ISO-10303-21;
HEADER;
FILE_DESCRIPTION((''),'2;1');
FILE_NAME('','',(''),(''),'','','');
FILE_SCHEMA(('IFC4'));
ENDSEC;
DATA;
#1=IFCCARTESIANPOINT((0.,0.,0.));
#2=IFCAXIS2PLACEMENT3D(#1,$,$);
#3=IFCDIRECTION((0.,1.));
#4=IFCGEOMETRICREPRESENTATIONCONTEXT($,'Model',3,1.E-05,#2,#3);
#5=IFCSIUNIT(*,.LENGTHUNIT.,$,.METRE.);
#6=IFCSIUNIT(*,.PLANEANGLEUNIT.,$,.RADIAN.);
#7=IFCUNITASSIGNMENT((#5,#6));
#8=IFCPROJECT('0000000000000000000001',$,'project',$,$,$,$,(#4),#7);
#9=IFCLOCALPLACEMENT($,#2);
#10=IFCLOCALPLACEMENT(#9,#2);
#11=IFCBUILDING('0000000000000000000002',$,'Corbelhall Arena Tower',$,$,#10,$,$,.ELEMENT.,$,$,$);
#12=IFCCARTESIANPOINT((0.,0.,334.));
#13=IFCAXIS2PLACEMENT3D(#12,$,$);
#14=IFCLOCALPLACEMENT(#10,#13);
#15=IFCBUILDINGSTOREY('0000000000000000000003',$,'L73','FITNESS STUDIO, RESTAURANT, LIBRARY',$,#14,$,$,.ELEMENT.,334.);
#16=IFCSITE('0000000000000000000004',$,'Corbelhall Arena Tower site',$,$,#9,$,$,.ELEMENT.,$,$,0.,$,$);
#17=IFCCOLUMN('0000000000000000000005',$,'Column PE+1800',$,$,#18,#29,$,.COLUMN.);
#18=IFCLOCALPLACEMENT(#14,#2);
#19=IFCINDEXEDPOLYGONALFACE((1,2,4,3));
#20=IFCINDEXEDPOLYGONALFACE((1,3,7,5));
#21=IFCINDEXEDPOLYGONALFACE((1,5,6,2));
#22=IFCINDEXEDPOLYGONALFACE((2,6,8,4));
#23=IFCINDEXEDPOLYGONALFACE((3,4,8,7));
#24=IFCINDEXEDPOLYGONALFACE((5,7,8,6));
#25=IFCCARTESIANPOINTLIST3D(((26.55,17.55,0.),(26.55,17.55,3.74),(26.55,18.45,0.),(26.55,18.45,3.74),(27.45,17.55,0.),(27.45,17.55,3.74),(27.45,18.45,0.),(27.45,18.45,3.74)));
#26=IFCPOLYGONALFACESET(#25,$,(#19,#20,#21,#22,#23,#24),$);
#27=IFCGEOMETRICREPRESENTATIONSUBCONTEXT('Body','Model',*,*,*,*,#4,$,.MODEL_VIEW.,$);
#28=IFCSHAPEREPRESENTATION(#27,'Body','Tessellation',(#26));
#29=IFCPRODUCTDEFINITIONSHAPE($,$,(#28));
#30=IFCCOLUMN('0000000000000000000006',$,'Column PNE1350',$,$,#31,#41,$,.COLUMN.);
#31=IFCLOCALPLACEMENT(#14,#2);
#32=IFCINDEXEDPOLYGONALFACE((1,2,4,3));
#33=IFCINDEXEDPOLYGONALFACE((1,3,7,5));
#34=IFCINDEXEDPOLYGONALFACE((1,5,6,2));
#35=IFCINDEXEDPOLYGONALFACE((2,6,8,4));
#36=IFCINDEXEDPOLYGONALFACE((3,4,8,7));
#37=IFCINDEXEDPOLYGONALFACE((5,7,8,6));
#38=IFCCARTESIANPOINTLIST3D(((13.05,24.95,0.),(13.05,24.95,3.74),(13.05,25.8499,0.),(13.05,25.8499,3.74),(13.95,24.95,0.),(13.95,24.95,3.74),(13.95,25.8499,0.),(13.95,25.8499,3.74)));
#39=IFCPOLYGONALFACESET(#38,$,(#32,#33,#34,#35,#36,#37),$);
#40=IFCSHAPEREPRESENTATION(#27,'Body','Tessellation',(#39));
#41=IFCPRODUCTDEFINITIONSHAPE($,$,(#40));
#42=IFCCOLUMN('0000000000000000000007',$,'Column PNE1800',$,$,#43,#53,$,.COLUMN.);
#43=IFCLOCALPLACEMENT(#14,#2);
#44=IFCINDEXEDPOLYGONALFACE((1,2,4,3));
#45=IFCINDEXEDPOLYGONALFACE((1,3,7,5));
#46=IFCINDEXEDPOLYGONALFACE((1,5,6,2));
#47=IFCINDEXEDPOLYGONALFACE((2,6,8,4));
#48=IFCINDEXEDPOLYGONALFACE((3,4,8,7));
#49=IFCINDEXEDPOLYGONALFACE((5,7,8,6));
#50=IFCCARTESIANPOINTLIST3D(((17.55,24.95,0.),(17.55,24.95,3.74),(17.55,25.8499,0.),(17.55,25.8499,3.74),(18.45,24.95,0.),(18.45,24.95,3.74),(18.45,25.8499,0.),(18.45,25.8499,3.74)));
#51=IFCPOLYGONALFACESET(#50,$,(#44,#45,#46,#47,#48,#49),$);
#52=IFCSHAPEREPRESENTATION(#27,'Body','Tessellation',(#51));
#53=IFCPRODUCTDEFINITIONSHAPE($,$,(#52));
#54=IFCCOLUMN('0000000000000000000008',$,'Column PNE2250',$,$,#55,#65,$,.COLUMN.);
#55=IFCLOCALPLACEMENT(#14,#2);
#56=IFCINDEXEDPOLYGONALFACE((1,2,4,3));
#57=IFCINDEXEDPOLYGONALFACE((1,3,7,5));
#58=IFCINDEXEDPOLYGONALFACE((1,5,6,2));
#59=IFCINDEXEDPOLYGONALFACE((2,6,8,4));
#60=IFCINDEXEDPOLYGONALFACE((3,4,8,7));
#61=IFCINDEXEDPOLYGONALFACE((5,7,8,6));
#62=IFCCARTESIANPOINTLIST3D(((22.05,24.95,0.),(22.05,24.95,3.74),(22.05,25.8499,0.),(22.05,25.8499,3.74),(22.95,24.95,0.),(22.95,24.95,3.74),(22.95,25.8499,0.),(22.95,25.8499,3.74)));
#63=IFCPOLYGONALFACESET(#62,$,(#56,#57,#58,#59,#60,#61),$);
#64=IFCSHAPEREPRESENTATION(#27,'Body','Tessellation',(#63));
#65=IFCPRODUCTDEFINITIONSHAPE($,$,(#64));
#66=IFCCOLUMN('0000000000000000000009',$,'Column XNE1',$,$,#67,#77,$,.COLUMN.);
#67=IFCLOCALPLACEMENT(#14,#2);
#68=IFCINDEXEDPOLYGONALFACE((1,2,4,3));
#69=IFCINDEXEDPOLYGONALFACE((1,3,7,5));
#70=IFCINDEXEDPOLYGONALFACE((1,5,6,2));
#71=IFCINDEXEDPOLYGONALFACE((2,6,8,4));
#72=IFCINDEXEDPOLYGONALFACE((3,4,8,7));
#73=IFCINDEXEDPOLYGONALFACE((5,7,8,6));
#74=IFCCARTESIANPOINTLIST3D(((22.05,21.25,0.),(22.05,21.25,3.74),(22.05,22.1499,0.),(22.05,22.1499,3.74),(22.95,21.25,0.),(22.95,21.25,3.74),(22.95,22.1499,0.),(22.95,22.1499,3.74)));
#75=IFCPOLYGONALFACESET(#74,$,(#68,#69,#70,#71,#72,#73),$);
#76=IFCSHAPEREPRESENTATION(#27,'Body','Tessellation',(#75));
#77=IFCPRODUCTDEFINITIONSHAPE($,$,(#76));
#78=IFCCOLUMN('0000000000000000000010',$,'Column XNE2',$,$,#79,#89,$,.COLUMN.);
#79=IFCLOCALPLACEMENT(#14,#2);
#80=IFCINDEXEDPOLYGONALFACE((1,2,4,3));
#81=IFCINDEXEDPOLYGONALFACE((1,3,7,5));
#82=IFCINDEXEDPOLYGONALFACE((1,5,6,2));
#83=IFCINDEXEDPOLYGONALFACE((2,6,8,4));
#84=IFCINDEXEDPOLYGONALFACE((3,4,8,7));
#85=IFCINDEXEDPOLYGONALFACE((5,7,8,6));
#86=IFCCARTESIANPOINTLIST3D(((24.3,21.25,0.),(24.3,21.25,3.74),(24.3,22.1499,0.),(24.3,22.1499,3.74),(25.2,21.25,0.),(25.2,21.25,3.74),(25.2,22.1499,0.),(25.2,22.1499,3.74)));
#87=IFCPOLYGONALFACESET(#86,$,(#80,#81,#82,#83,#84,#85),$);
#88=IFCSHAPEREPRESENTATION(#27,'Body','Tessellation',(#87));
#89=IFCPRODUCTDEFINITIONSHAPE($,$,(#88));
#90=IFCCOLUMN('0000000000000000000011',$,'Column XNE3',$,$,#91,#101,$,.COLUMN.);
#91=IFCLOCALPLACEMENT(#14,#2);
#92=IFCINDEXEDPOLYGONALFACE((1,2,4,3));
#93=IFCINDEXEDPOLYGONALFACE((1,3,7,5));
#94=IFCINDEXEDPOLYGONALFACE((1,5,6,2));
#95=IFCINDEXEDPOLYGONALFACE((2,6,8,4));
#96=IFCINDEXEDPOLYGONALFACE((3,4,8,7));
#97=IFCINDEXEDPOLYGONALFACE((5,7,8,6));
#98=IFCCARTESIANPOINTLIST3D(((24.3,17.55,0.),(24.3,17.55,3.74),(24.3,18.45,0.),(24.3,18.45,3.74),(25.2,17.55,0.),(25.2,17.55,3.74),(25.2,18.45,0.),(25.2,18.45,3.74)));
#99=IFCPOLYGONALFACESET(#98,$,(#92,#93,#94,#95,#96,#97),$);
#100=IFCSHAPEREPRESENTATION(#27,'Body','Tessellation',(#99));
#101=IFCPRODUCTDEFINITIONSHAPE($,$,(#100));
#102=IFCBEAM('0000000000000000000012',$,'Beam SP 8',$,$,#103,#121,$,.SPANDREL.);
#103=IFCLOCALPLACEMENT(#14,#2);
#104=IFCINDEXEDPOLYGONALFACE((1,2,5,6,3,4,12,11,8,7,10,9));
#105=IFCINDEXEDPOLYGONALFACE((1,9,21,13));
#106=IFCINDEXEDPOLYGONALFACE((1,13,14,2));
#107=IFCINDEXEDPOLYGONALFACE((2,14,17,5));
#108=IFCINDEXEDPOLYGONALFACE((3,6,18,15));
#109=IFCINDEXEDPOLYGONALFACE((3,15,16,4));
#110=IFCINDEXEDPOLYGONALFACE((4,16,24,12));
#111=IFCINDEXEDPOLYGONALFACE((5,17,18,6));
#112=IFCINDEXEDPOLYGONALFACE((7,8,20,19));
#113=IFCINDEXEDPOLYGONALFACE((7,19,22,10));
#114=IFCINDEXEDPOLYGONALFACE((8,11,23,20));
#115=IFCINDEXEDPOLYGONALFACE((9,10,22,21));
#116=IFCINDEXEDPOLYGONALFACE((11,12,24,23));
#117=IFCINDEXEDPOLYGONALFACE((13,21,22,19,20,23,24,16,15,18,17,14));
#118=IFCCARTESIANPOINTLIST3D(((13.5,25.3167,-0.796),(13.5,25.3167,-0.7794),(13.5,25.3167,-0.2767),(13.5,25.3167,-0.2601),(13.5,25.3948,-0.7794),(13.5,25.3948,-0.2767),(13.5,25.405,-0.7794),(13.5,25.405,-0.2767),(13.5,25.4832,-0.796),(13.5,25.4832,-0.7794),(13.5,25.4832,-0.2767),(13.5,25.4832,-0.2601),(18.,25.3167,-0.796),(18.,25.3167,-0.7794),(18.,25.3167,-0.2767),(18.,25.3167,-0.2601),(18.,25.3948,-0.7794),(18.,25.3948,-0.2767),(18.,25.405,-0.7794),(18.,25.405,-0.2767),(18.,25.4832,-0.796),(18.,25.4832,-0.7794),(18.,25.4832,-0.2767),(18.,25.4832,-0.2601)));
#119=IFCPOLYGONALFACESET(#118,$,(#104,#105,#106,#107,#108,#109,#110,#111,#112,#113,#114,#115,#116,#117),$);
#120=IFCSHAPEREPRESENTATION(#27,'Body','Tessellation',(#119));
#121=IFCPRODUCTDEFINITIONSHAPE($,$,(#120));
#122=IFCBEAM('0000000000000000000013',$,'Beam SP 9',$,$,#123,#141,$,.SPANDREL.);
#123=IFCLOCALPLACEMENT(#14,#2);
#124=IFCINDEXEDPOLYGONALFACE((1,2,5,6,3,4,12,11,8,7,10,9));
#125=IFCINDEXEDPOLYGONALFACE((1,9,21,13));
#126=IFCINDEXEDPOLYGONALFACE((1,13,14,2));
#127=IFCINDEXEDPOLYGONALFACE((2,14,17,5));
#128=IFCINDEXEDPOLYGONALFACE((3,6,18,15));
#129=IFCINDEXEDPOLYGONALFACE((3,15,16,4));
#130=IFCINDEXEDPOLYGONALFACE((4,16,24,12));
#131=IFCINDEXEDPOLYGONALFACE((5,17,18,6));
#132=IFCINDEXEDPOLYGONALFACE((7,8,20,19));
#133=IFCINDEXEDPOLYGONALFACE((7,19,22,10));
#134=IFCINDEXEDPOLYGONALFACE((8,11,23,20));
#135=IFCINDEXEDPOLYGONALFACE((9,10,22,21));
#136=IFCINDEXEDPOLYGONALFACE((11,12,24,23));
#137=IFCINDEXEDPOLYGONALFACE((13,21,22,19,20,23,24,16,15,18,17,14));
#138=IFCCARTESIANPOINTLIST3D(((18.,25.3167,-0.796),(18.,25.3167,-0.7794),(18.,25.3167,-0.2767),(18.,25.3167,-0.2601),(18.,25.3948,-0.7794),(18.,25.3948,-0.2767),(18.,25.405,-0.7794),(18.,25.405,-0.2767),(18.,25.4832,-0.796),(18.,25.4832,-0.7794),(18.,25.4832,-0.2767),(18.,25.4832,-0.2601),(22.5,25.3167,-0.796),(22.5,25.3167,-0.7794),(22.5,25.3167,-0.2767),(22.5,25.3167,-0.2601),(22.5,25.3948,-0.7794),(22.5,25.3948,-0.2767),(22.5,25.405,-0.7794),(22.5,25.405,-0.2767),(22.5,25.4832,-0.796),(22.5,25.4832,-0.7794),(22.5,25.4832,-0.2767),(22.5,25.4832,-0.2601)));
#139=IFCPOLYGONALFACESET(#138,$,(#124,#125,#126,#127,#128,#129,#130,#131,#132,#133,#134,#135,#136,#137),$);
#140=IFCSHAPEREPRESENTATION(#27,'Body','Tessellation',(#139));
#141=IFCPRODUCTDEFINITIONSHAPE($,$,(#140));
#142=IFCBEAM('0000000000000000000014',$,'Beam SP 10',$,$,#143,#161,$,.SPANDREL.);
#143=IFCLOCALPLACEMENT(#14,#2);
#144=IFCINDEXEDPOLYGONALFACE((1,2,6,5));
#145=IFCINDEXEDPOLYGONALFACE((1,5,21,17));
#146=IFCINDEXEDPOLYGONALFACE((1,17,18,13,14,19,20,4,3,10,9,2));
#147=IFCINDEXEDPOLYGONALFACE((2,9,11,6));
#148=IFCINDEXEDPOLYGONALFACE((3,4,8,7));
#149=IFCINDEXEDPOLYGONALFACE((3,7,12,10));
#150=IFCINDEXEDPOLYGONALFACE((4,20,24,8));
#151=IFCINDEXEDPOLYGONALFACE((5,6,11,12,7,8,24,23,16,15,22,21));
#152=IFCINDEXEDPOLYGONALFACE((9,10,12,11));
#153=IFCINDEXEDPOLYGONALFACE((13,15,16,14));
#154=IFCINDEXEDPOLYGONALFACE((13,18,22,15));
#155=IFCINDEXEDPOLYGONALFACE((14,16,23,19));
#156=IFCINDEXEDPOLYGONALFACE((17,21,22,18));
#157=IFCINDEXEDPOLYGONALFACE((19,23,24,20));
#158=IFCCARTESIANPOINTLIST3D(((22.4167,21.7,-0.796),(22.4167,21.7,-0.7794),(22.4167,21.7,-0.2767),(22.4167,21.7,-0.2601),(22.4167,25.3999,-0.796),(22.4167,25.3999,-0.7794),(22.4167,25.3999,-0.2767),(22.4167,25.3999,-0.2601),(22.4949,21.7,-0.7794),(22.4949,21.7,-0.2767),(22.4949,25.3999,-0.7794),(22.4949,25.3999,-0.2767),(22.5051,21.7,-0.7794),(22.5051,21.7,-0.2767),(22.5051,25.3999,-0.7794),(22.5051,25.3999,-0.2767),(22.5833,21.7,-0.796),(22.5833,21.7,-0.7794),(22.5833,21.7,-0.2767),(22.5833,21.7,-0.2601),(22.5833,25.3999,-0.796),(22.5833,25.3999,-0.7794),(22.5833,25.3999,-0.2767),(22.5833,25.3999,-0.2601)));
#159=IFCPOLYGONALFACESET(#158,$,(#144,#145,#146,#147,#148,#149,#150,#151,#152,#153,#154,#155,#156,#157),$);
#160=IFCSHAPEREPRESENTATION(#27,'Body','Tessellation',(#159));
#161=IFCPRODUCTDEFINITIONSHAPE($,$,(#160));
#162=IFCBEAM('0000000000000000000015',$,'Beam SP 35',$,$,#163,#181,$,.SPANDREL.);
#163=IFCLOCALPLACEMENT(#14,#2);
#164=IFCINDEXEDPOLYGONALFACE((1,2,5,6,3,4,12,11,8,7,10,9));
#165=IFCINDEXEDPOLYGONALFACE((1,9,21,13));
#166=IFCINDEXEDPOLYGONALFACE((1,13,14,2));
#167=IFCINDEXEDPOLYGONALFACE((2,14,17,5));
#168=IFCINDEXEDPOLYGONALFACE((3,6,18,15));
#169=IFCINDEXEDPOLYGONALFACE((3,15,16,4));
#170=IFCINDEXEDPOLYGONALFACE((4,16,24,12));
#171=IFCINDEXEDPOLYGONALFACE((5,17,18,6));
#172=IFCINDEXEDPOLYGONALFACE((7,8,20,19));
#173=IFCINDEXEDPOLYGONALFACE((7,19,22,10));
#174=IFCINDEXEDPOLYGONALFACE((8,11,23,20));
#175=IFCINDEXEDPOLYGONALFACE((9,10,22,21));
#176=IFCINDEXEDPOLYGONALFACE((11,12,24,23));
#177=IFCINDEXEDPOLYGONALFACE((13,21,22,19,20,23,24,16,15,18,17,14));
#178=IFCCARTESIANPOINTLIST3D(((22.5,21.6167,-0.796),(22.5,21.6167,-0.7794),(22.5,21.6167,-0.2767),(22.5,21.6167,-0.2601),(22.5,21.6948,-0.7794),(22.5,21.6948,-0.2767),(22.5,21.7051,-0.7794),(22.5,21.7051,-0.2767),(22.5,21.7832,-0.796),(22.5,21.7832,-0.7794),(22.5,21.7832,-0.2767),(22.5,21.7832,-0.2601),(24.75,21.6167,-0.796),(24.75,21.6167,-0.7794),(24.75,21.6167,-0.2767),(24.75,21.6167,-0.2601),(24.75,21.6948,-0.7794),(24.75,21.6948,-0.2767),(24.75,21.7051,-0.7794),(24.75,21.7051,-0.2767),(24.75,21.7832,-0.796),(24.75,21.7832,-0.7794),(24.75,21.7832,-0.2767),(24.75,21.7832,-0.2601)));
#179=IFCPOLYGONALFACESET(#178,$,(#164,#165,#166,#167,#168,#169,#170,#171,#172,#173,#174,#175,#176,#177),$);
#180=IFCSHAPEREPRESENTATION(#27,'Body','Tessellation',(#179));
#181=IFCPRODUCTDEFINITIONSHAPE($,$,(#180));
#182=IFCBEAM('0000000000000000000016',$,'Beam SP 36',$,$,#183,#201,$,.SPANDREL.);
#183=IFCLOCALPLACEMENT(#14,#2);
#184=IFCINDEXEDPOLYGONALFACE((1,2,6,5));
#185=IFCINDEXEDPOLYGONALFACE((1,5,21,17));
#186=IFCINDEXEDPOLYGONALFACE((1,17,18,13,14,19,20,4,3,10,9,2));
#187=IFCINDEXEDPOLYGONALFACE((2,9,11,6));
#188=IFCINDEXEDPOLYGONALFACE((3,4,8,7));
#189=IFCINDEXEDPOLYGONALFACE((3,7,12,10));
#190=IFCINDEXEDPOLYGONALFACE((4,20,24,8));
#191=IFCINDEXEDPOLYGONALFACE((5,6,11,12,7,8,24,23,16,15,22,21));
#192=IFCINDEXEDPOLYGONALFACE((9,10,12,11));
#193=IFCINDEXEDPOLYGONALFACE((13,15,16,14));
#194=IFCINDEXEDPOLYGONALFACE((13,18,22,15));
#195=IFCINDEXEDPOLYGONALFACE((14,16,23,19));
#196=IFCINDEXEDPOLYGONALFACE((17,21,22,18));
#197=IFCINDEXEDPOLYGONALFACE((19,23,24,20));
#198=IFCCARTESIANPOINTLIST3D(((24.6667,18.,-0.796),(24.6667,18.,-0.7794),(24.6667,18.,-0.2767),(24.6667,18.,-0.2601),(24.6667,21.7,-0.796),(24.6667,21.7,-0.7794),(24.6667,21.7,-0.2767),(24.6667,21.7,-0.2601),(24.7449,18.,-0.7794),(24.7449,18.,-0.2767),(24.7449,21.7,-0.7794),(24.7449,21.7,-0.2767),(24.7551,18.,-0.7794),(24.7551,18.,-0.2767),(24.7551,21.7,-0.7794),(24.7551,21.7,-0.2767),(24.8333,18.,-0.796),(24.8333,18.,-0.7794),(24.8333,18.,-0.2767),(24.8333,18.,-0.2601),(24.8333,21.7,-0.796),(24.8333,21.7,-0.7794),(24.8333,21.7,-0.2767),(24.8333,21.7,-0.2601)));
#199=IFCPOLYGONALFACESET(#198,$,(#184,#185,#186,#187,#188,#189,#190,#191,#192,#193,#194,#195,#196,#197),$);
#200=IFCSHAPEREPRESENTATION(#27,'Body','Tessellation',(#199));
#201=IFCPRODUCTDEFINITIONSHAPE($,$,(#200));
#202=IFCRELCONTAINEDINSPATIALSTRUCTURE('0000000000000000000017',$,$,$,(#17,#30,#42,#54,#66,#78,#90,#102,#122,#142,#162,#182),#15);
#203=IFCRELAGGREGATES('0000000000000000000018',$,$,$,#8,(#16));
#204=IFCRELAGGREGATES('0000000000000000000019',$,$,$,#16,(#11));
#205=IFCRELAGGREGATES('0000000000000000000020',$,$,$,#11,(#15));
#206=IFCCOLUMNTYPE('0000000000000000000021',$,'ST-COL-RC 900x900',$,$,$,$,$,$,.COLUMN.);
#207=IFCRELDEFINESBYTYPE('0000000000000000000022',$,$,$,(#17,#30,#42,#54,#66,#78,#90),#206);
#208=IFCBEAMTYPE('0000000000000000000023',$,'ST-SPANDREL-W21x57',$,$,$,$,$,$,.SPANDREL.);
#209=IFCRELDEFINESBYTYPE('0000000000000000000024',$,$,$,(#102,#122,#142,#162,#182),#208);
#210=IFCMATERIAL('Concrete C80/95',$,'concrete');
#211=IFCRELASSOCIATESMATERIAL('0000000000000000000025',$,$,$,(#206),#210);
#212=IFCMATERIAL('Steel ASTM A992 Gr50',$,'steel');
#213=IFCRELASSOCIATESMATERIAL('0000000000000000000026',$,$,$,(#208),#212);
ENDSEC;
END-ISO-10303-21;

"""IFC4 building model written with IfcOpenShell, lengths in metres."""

from ifc_helpers import new_model, si_unit, direction, frame, origin, origin_2d, place, context, subcontext, project, spatial, rectangle, i_section, extrude, material, material_profile, profile_set, type_object, element, save


model = new_model("IFC4")

# Units and contexts
model_context = context("Model", 3, precision=1e-05, world=origin(), true_north=direction((0.0, 1.0)))
body_context = subcontext(model_context, "Body", "Model", "MODEL_VIEW")
ifc_project = project(units=[si_unit("LENGTHUNIT", "METRE"), si_unit("PLANEANGLEUNIT", "RADIAN")], contexts=[model_context])

# Site, building, storey
site_placement = place(None, origin())
site = spatial("IfcSite", under=ifc_project, at=site_placement, Name="Corbelhall Arena Tower site", CompositionType="ELEMENT", RefElevation=0.0)
building_placement = place(site_placement, origin())
building = spatial("IfcBuilding", under=site, at=building_placement, Name="Corbelhall Arena Tower", CompositionType="ELEMENT")
storey_placement = place(building_placement, frame((0.0, 0.0, 334.0)))
storey = spatial("IfcBuildingStorey", under=building, at=storey_placement, Name="L73", Description="FITNESS STUDIO, RESTAURANT, LIBRARY", CompositionType="ELEMENT", Elevation=334.0)

# Columns
ifc_material_1 = material(Name="Concrete C80/95", Category="concrete")
ifc_material_profile_1 = material_profile(ifc_material_1, rectangle(XDim=0.8999, YDim=0.8999, at=origin_2d()))
ifc_profile_set_1 = profile_set([ifc_material_profile_1], Name="Concrete C80/95")
column_type = type_object("IfcColumnType", Name="ST-COL-RC 900x900", PredefinedType="COLUMN", material=ifc_profile_set_1)
for number, where, z_axis, x_axis, name in (
    (1, (27.0, 18.0, 0.0), (0.0, 0.0, 1.0), (0.0, 1.0, 0.0), "Column PE+1800"),
    (2, (13.5, 25.3999, 0.0), (0.0, 0.0, 1.0), (1.0, 0.0, 0.0), "Column PNE1350"),
    (3, (18.0, 25.3999, 0.0), (0.0, 0.0, 1.0), (1.0, 0.0, 0.0), "Column PNE1800"),
    (4, (22.5, 25.3999, 0.0), (0.0, 0.0, 1.0), (1.0, 0.0, 0.0), "Column PNE2250"),
    (5, (22.5, 21.7, 0.0), (0.0, 0.0, 1.0), (1.0, 0.0, 0.0), "Column XNE1"),
    (6, (24.75, 21.7, 0.0), (0.0, 0.0, 1.0), (1.0, 0.0, 0.0), "Column XNE2"),
    (7, (24.75, 18.0, 0.0), (0.0, 0.0, 1.0), (1.0, 0.0, 0.0), "Column XNE3"),
):
    element("IfcColumn", number, at=place(storey_placement, frame(where, z_axis=z_axis, x_axis=x_axis)), inside=storey, type_object=column_type, Name=name, PredefinedType="COLUMN", context=body_context, shape_type="SweptSolid", body=[
        extrude(rectangle(XDim=0.8999, YDim=0.8999, at=origin_2d()), origin(), (0.0, 0.0, 1.0), 3.74),
    ])

# Beams
ifc_material_2 = material(Name="Steel ASTM A992 Gr50", Category="steel")
ifc_material_profile_2 = material_profile(ifc_material_2, i_section(OverallWidth=0.1665, OverallDepth=0.5359, WebThickness=0.0103, FlangeThickness=0.0166, at=origin_2d()))
ifc_profile_set_2 = profile_set([ifc_material_profile_2], Name="Steel ASTM A992 Gr50")
beam_type_1 = type_object("IfcBeamType", Name="ST-SPANDREL-W21x57", PredefinedType="SPANDREL", material=ifc_profile_set_2)
for number, where, z_axis, x_axis, name in (
    (8, (13.5, 25.3999, -0.5281), (1.0, 0.0, 0.0), (0.0, 1.0, 0.0), "Beam SP 8"),
    (9, (18.0, 25.3999, -0.5281), (1.0, 0.0, 0.0), (0.0, 1.0, 0.0), "Beam SP 9"),
):
    element("IfcBeam", number, at=place(storey_placement, frame(where, z_axis=z_axis, x_axis=x_axis)), inside=storey, type_object=beam_type_1, Name=name, PredefinedType="SPANDREL", context=body_context, shape_type="SweptSolid", body=[
        extrude(i_section(OverallWidth=0.1665, OverallDepth=0.5359, WebThickness=0.0103, FlangeThickness=0.0166, at=origin_2d()), origin(), (0.0, 0.0, 1.0), 4.5),
    ])
beam_1_placement = place(storey_placement, frame((22.5, 25.3999, -0.5281), z_axis=(0.0, -1.0, 0.0), x_axis=(1.0, 0.0, 0.0)))
element("IfcBeam", 10, at=beam_1_placement, inside=storey, type_object=beam_type_1, Name="Beam SP 10", PredefinedType="SPANDREL", context=body_context, shape_type="SweptSolid", body=[
    extrude(i_section(OverallWidth=0.1665, OverallDepth=0.5359, WebThickness=0.0103, FlangeThickness=0.0166, at=origin_2d()), origin(), (0.0, 0.0, 1.0), 3.7),
])
beam_2_placement = place(storey_placement, frame((22.5, 21.7, -0.5281), z_axis=(1.0, 0.0, 0.0), x_axis=(0.0, 1.0, 0.0)))
element("IfcBeam", 11, at=beam_2_placement, inside=storey, type_object=beam_type_1, Name="Beam SP 35", PredefinedType="SPANDREL", context=body_context, shape_type="SweptSolid", body=[
    extrude(i_section(OverallWidth=0.1665, OverallDepth=0.5359, WebThickness=0.0103, FlangeThickness=0.0166, at=origin_2d()), origin(), (0.0, 0.0, 1.0), 2.25),
])
beam_3_placement = place(storey_placement, frame((24.75, 21.7, -0.5281), z_axis=(0.0, -1.0, 0.0), x_axis=(1.0, 0.0, 0.0)))
element("IfcBeam", 12, at=beam_3_placement, inside=storey, type_object=beam_type_1, Name="Beam SP 36", PredefinedType="SPANDREL", context=body_context, shape_type="SweptSolid", body=[
    extrude(i_section(OverallWidth=0.1665, OverallDepth=0.5359, WebThickness=0.0103, FlangeThickness=0.0166, at=origin_2d()), origin(), (0.0, 0.0, 1.0), 3.7),
])

save(model, "model.ifc")
